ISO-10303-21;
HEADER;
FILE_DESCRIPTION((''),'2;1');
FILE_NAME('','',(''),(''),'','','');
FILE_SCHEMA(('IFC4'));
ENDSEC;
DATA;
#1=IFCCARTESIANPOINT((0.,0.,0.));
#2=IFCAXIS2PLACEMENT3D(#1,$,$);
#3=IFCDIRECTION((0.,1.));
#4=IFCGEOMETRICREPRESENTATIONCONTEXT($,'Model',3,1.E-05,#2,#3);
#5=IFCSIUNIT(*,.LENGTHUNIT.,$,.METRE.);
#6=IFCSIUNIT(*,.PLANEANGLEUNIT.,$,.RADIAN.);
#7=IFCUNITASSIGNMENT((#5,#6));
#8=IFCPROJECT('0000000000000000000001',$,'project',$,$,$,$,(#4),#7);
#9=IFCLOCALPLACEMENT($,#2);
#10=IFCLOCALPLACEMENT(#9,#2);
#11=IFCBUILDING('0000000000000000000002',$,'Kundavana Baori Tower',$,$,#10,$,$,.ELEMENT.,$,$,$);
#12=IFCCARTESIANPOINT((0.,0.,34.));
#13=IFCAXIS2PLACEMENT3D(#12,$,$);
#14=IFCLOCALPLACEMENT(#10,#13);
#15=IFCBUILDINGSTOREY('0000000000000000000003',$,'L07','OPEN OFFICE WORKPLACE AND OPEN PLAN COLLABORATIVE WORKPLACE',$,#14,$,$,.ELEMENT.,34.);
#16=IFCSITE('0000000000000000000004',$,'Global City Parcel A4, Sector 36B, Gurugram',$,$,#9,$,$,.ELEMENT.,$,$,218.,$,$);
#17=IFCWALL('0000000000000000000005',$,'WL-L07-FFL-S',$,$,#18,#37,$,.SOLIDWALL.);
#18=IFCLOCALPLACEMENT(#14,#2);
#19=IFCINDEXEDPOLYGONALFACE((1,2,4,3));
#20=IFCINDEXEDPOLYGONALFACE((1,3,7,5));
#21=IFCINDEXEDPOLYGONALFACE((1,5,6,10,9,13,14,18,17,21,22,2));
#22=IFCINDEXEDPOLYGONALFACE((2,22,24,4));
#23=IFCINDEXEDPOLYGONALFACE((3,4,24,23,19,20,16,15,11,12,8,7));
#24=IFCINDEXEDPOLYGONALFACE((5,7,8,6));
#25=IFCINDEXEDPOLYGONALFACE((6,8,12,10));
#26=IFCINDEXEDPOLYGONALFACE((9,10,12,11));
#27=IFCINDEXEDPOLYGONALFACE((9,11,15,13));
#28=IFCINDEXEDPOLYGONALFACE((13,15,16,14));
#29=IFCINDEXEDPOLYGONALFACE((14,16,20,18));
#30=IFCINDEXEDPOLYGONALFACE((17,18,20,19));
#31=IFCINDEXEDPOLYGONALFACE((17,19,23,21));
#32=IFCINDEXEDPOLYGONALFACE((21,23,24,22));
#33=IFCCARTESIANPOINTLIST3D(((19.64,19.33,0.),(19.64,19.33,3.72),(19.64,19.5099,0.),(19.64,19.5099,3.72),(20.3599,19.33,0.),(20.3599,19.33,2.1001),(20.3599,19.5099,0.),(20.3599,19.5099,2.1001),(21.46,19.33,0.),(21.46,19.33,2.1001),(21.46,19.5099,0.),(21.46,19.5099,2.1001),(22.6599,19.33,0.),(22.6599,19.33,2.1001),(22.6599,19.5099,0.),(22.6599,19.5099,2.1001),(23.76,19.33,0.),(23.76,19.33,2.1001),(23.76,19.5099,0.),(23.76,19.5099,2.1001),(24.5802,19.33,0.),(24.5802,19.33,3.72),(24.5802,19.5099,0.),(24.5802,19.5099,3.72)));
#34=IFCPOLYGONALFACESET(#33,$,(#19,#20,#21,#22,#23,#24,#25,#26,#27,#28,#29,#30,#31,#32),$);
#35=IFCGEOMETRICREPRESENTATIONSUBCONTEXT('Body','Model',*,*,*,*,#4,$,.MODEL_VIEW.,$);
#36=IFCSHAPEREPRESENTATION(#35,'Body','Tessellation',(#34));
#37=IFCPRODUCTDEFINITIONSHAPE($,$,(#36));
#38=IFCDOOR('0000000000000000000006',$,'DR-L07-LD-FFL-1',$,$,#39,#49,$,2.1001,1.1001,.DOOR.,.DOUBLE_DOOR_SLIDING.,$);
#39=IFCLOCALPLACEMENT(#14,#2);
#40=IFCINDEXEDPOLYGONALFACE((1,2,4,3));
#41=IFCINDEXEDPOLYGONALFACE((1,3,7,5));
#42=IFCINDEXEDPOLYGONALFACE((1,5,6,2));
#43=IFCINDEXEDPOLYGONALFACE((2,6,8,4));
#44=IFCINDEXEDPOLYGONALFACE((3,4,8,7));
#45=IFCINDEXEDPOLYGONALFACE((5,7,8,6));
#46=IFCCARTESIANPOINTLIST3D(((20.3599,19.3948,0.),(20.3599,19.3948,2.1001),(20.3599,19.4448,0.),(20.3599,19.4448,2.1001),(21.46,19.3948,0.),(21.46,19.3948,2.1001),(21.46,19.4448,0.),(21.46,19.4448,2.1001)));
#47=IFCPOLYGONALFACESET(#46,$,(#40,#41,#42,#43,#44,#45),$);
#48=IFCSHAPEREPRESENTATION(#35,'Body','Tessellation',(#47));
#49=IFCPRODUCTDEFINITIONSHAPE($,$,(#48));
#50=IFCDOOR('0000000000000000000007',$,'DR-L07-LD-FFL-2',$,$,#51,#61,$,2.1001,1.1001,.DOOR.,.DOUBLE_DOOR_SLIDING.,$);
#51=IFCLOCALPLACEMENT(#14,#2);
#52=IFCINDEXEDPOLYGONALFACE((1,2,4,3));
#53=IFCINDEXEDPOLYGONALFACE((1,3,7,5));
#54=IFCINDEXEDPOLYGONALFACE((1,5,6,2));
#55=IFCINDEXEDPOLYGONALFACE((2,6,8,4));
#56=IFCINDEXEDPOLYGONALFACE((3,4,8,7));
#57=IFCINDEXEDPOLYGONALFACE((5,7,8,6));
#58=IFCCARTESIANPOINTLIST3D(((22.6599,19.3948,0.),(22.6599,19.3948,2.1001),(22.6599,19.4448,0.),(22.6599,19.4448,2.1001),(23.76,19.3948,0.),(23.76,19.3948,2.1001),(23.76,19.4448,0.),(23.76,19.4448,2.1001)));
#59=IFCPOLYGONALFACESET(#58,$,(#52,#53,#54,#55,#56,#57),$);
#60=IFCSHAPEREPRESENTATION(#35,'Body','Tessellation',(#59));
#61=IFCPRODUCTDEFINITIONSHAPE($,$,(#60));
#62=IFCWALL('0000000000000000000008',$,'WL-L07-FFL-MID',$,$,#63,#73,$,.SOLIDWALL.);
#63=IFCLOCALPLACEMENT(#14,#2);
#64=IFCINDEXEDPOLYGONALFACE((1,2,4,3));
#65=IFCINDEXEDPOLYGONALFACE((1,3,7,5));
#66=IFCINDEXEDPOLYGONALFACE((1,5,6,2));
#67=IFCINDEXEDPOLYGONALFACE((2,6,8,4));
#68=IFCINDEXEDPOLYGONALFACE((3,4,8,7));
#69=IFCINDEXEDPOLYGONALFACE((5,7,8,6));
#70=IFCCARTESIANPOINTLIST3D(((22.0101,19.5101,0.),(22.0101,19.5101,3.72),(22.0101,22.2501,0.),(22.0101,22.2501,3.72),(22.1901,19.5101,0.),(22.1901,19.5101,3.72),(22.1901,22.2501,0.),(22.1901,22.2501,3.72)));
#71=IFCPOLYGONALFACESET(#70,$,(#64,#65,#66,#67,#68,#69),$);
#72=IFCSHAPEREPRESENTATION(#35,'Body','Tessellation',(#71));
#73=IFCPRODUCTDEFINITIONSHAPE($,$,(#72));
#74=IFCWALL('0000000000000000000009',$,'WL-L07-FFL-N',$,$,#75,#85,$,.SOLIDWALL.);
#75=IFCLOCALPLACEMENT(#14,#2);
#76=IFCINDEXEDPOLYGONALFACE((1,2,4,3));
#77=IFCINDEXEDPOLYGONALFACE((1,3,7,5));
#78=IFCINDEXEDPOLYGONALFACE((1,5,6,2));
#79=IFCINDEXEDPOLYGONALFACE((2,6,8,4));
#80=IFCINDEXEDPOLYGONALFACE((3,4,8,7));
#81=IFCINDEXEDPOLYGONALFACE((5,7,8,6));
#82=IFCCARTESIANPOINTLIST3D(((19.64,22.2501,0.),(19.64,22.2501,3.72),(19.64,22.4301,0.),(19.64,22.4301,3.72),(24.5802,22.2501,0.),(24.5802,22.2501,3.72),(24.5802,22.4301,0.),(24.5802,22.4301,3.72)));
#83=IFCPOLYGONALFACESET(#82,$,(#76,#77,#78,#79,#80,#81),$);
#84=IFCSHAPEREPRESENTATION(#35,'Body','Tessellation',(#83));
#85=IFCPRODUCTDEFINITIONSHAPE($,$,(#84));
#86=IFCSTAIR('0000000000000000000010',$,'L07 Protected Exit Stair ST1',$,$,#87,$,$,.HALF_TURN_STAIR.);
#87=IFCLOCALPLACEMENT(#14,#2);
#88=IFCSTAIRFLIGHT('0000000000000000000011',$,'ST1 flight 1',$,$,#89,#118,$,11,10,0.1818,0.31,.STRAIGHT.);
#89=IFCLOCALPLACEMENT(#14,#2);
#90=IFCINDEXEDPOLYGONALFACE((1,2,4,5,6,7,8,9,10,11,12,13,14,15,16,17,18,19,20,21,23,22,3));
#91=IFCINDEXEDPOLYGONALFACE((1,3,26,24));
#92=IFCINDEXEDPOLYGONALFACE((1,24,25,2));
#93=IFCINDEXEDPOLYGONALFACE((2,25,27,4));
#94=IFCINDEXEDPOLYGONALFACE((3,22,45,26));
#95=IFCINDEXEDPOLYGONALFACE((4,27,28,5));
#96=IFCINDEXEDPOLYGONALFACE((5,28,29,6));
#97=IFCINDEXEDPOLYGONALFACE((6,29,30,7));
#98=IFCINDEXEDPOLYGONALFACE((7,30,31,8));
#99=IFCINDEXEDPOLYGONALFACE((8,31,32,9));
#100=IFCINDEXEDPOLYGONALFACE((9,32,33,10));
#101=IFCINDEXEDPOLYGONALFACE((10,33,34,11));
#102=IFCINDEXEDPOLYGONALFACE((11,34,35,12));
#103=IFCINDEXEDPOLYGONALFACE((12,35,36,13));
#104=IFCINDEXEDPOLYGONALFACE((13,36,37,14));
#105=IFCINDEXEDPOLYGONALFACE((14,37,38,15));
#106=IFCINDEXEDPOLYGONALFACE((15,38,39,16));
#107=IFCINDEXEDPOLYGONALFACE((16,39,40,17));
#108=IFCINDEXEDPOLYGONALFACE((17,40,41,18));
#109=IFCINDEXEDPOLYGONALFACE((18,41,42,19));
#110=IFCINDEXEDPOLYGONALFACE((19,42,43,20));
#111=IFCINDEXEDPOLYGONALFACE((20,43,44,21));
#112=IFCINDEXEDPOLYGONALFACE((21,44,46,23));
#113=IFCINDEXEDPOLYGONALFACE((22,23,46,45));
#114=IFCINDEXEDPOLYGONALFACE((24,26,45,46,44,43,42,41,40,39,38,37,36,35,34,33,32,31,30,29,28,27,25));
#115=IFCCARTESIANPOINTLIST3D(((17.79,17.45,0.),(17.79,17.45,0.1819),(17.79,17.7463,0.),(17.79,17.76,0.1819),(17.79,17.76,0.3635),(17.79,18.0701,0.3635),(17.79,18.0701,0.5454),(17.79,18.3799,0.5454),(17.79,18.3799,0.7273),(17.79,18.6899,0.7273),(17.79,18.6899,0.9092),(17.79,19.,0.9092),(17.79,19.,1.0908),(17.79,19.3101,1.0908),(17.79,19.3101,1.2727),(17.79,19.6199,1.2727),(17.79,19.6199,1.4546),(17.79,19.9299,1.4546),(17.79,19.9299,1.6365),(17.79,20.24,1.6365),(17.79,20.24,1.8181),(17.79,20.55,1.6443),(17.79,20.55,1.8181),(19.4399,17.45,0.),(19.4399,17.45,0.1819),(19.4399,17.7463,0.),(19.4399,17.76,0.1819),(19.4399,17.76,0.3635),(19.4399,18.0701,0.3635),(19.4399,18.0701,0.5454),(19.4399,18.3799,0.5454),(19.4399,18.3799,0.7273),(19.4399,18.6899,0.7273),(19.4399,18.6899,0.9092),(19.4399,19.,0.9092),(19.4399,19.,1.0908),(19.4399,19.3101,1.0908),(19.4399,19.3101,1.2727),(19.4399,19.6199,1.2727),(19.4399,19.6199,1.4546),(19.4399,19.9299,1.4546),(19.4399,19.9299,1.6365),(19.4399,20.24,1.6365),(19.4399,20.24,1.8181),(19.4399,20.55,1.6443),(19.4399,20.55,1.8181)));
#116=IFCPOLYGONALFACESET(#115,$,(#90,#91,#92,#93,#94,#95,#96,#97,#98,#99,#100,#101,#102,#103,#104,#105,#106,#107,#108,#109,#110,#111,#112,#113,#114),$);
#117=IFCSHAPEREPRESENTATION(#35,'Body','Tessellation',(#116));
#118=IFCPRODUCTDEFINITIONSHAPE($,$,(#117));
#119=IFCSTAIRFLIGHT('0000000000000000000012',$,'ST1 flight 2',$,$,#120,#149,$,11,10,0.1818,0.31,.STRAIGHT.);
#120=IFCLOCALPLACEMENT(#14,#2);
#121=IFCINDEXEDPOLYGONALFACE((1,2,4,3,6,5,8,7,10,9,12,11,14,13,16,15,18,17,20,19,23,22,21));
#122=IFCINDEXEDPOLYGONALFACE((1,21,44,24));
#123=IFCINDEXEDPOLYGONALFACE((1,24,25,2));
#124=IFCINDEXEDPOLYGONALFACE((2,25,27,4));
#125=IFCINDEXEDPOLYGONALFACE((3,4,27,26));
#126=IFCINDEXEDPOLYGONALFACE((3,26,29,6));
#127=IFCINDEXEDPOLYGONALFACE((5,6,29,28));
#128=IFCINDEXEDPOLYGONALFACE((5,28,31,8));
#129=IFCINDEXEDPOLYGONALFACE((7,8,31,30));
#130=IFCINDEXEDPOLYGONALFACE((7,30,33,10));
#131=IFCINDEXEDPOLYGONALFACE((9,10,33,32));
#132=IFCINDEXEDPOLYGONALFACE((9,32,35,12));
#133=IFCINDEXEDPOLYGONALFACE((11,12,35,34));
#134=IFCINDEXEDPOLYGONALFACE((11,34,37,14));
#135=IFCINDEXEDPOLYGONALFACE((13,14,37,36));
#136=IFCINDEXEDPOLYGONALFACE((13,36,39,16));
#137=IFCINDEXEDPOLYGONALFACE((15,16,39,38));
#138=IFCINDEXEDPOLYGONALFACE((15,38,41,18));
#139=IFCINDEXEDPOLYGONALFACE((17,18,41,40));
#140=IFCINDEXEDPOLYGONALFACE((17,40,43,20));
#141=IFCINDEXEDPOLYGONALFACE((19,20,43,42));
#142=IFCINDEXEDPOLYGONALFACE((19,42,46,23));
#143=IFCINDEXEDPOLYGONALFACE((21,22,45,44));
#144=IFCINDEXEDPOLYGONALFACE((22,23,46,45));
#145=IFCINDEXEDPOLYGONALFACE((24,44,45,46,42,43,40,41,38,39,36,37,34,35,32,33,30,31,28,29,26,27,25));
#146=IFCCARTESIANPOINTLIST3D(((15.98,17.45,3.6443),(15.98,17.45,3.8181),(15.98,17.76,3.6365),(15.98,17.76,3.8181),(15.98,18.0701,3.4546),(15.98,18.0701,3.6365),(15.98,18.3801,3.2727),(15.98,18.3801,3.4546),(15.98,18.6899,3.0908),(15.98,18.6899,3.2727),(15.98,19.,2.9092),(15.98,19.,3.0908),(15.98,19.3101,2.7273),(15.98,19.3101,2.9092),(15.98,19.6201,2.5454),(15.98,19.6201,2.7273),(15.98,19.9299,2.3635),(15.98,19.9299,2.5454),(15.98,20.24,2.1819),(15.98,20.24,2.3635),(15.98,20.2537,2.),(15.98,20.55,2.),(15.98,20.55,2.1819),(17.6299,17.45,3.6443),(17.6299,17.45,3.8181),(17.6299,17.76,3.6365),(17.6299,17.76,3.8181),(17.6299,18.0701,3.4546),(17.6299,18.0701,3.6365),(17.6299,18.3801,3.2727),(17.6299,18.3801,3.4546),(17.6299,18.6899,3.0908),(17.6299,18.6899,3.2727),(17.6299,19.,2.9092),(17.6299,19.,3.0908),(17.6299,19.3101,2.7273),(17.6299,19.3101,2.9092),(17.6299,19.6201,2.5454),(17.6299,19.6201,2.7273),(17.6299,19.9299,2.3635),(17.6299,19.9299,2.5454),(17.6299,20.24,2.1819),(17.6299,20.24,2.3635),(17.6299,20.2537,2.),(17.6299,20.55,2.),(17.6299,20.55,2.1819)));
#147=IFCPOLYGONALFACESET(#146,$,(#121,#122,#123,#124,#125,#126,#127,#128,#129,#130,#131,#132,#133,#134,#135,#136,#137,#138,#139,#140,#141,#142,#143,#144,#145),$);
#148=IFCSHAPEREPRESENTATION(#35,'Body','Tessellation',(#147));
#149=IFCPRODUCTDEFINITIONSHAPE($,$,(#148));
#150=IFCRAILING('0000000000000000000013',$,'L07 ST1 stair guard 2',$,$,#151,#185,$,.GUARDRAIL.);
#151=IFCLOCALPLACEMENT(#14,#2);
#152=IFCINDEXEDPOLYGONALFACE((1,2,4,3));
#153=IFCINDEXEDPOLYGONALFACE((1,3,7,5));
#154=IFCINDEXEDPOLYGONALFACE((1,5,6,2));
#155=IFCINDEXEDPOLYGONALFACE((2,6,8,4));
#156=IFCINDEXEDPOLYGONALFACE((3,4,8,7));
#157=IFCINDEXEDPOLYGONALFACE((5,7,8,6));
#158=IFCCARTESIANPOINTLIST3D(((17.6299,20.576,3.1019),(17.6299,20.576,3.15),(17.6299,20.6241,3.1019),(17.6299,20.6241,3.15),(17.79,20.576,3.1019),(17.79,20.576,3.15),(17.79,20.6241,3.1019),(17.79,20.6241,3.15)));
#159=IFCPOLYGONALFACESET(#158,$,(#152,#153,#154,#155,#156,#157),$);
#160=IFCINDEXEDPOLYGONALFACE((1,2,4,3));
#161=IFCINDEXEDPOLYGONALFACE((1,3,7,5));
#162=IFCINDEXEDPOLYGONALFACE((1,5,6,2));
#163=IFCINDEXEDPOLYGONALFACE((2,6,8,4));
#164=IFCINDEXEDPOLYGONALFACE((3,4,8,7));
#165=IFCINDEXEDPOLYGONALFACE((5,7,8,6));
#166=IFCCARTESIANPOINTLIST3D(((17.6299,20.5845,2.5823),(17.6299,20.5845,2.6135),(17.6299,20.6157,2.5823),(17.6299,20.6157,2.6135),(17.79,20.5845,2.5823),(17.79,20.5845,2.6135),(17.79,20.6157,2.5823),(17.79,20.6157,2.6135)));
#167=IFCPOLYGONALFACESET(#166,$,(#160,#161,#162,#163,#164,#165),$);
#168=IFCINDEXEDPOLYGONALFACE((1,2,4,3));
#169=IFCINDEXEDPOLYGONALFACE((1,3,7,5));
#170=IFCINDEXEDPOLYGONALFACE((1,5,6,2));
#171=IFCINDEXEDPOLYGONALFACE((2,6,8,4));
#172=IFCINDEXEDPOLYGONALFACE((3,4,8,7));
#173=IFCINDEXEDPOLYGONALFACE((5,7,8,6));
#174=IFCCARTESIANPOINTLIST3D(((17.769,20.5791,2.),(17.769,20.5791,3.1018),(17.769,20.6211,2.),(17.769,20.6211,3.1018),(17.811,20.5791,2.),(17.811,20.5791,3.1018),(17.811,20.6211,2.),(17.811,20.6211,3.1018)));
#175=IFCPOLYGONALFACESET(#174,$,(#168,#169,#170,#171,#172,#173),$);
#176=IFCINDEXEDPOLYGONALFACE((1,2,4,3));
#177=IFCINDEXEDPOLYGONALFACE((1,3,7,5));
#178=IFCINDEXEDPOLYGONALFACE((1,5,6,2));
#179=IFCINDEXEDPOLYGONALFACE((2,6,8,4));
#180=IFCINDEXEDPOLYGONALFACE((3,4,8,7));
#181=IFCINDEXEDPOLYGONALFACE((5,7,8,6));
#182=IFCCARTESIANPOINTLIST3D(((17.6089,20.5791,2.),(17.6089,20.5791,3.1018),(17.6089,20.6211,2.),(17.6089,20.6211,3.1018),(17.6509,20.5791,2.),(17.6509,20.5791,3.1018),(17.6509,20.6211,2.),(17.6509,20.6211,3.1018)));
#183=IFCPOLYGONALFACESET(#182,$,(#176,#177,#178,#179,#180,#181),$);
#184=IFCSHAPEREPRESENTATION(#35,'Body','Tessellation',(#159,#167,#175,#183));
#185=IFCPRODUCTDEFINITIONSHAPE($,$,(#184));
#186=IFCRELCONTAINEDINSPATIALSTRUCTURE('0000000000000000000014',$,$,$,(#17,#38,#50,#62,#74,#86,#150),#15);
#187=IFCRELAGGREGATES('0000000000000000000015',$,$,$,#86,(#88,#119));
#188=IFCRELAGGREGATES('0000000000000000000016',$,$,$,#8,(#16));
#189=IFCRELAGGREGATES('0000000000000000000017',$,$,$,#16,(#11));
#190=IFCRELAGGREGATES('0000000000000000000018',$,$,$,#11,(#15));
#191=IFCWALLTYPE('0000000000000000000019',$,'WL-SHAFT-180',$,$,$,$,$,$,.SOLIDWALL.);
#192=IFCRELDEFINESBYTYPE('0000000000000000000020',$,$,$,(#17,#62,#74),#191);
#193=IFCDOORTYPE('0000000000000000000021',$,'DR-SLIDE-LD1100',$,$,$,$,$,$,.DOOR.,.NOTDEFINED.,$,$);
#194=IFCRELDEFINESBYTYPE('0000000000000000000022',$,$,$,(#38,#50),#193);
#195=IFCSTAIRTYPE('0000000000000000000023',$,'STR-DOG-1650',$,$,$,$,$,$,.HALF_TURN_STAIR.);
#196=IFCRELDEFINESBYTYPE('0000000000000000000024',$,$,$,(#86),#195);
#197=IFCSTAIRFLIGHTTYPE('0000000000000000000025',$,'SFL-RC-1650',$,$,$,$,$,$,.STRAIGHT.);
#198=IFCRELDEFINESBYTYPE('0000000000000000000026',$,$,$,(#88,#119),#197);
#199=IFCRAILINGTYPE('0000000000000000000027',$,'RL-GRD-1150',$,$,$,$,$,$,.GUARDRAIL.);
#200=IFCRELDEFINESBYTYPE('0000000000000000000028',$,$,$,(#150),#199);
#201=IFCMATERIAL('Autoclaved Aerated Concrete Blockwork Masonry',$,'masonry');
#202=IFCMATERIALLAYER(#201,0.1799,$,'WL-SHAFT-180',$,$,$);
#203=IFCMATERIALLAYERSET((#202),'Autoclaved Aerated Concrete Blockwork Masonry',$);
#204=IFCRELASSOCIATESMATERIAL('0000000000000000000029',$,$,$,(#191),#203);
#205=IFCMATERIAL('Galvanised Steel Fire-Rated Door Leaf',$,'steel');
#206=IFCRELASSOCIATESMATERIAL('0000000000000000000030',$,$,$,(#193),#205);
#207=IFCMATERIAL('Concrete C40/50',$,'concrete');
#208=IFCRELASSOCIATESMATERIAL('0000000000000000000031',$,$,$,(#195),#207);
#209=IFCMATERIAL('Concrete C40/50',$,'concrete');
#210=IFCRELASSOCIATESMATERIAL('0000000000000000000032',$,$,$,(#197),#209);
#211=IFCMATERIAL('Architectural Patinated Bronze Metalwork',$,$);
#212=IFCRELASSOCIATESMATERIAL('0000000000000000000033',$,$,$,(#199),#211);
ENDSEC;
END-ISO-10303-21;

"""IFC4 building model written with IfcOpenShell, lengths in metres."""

from ifc_helpers import new_model, si_unit, direction, frame, frame_2d, origin, origin_2d, place, context, subcontext, project, spatial, polyline, rectangle, outline, extrude, material, layer, layer_set, type_object, element, fill, aggregate, save


model = new_model("IFC4")

# Units and contexts
model_context = context("Model", 3, precision=1e-05, world=origin(), true_north=direction((0.0, 1.0)))
body_context = subcontext(model_context, "Body", "Model", "MODEL_VIEW")
ifc_project = project(units=[si_unit("LENGTHUNIT", "METRE"), si_unit("PLANEANGLEUNIT", "RADIAN")], contexts=[model_context])

# Site, building, storey
site_placement = place(None, origin())
site = spatial("IfcSite", under=ifc_project, at=site_placement, Name="Global City Parcel A4, Sector 36B, Gurugram", CompositionType="ELEMENT", RefElevation=218.0)
building_placement = place(site_placement, origin())
building = spatial("IfcBuilding", under=site, at=building_placement, Name="Kundavana Baori Tower", CompositionType="ELEMENT")
storey_placement = place(building_placement, frame((0.0, 0.0, 34.0)))
storey = spatial("IfcBuildingStorey", under=building, at=storey_placement, Name="L07", Description="OPEN OFFICE WORKPLACE AND OPEN PLAN COLLABORATIVE WORKPLACE", CompositionType="ELEMENT", Elevation=34.0)

# Wall, openings, doors
ifc_material_1 = material(Name="Autoclaved Aerated Concrete Blockwork Masonry", Category="masonry")
ifc_layer_1 = layer(ifc_material_1, 0.1799, Name="WL-SHAFT-180")
ifc_layer_set_1 = layer_set([ifc_layer_1], Name="Autoclaved Aerated Concrete Blockwork Masonry")
wall_type_1 = type_object("IfcWallType", Name="WL-SHAFT-180", PredefinedType="SOLIDWALL", material=ifc_layer_set_1)
wall_1_placement = place(storey_placement, frame((19.6399, 19.4199, 0.0), z_axis=(0.0, 0.0, 1.0), x_axis=(1.0, 0.0, 0.0)))
wall_1 = element("IfcWall", 1, at=wall_1_placement, inside=storey, type_object=wall_type_1, Name="WL-L07-FFL-S", PredefinedType="SOLIDWALL", context=body_context, shape_type="SweptSolid", body=[
    extrude(rectangle(XDim=4.9402, YDim=0.1799, at=frame_2d((2.4702, 0.0))), origin(), (0.0, 0.0, 1.0), 3.72),
])
opening_1_placement = place(wall_1_placement, frame((0.72, 0.0, 0.0)))
opening_1 = element("IfcOpeningElement", 2, at=opening_1_placement, cuts=wall_1, PredefinedType="OPENING", context=body_context, shape_type="SweptSolid", body=[
    extrude(rectangle(XDim=1.1001, YDim=2.1001, at=frame_2d((0.55, 1.05))), frame((0.0, 0.1001, 0.0), z_axis=(0.0, -1.0, 0.0), x_axis=(1.0, 0.0, 0.0)), (0.0, 0.0, 1.0), 0.2),
])
opening_2_placement = place(wall_1_placement, frame((3.02, 0.0, 0.0)))
opening_2 = element("IfcOpeningElement", 3, at=opening_2_placement, cuts=wall_1, PredefinedType="OPENING", context=body_context, shape_type="SweptSolid", body=[
    extrude(rectangle(XDim=1.1001, YDim=2.1001, at=frame_2d((0.55, 1.05))), frame((0.0, 0.1001, 0.0), z_axis=(0.0, -1.0, 0.0), x_axis=(1.0, 0.0, 0.0)), (0.0, 0.0, 1.0), 0.2),
])
ifc_material_2 = material(Name="Galvanised Steel Fire-Rated Door Leaf", Category="steel")
door_type_1 = type_object("IfcDoorType", Name="DR-SLIDE-LD1100", OperationType="NOTDEFINED", PredefinedType="DOOR", material=ifc_material_2)
door_1_placement = place(opening_1_placement, origin())
door_1 = element("IfcDoor", 4, at=door_1_placement, inside=storey, type_object=door_type_1, Name="DR-L07-LD-FFL-1", OperationType="DOUBLE_DOOR_SLIDING", OverallHeight=2.1001, OverallWidth=1.1001, PredefinedType="DOOR", context=body_context, shape_type="SweptSolid", body=[
    extrude(rectangle(XDim=1.1001, YDim=2.1001, at=frame_2d((0.55, 1.05))), frame((0.0, 0.0249, 0.0), z_axis=(0.0, -1.0, 0.0), x_axis=(1.0, 0.0, 0.0)), (0.0, 0.0, 1.0), 0.05),
])
fill(opening_1, door_1)
door_2_placement = place(opening_2_placement, origin())
door_2 = element("IfcDoor", 5, at=door_2_placement, inside=storey, type_object=door_type_1, Name="DR-L07-LD-FFL-2", OperationType="DOUBLE_DOOR_SLIDING", OverallHeight=2.1001, OverallWidth=1.1001, PredefinedType="DOOR", context=body_context, shape_type="SweptSolid", body=[
    extrude(rectangle(XDim=1.1001, YDim=2.1001, at=frame_2d((0.55, 1.05))), frame((0.0, 0.0249, 0.0), z_axis=(0.0, -1.0, 0.0), x_axis=(1.0, 0.0, 0.0)), (0.0, 0.0, 1.0), 0.05),
])
fill(opening_2, door_2)

# Walls
wall_2_placement = place(storey_placement, frame((22.1001, 19.51, 0.0), z_axis=(0.0, 0.0, 1.0), x_axis=(0.0, 1.0, 0.0)))
element("IfcWall", 6, at=wall_2_placement, inside=storey, type_object=wall_type_1, Name="WL-L07-FFL-MID", PredefinedType="SOLIDWALL", context=body_context, shape_type="SweptSolid", body=[
    extrude(rectangle(XDim=2.74, YDim=0.1799, at=frame_2d((1.3701, 0.0))), origin(), (0.0, 0.0, 1.0), 3.72),
])
wall_3_placement = place(storey_placement, frame((19.6399, 22.3401, 0.0), z_axis=(0.0, 0.0, 1.0), x_axis=(1.0, 0.0, 0.0)))
element("IfcWall", 7, at=wall_3_placement, inside=storey, type_object=wall_type_1, Name="WL-L07-FFL-N", PredefinedType="SOLIDWALL", context=body_context, shape_type="SweptSolid", body=[
    extrude(rectangle(XDim=4.9402, YDim=0.1799, at=frame_2d((2.4702, 0.0))), origin(), (0.0, 0.0, 1.0), 3.72),
])

# Stair, stair flights
ifc_material_3 = material(Name="Concrete C40/50", Category="concrete")
stair_type = type_object("IfcStairType", Name="STR-DOG-1650", PredefinedType="HALF_TURN_STAIR", material=ifc_material_3)
stair_placement = place(storey_placement, origin())
stair = element("IfcStair", 8, at=stair_placement, inside=storey, type_object=stair_type, Name="L07 Protected Exit Stair ST1", PredefinedType="HALF_TURN_STAIR")
ifc_material_4 = material(Name="Concrete C40/50", Category="concrete")
stair_flight_type = type_object("IfcStairFlightType", Name="SFL-RC-1650", PredefinedType="STRAIGHT", material=ifc_material_4)
stair_flight_1_placement = place(storey_placement, frame((18.615, 17.45, 0.0), z_axis=(0.0, 0.0, 1.0), x_axis=(0.0, 1.0, 0.0)))
stair_flight_1 = element("IfcStairFlight", 9, at=stair_flight_1_placement, type_object=stair_flight_type, Name="ST1 flight 1", NumberOfRisers=11, NumberOfTreads=10, PredefinedType="STRAIGHT", RiserHeight=0.1818, TreadLength=0.31, context=body_context, shape_type="SweptSolid", body=[
    extrude(outline(polyline([(0.0, 0.0), (0.0, 0.1819), (0.3101, 0.1819), (0.3101, 0.3635), (0.6201, 0.3635), (0.6201, 0.5454), (0.9299, 0.5454), (0.9299, 0.7273), (1.24, 0.7273), (1.24, 0.9092), (1.55, 0.9092), (1.55, 1.0908), (1.8601, 1.0908), (1.8601, 1.2727), (2.1699, 1.2727), (2.1699, 1.4546), (2.48, 1.4546), (2.48, 1.6365), (2.79, 1.6365), (2.79, 1.8181), (3.1001, 1.8181), (3.1001, 2.0), (3.1001, 1.6443), (0.2964, 0.0), (0.0, 0.0)])), frame((0.0, 0.825, 0.0), z_axis=(0.0, -1.0, 0.0), x_axis=(1.0, 0.0, 0.0)), (0.0, 0.0, 1.0), 1.6499),
])
stair_flight_2_placement = place(storey_placement, frame((16.8049, 20.55, 2.0), z_axis=(0.0, 0.0, 1.0), x_axis=(0.0, -1.0, 0.0)))
stair_flight_2 = element("IfcStairFlight", 10, at=stair_flight_2_placement, type_object=stair_flight_type, Name="ST1 flight 2", NumberOfRisers=11, NumberOfTreads=10, PredefinedType="STRAIGHT", RiserHeight=0.1818, TreadLength=0.31, context=body_context, shape_type="SweptSolid", body=[
    extrude(outline(polyline([(0.0, 0.0), (0.0, 0.1819), (0.3101, 0.1819), (0.3101, 0.3635), (0.6201, 0.3635), (0.6201, 0.5454), (0.9299, 0.5454), (0.9299, 0.7273), (1.24, 0.7273), (1.24, 0.9092), (1.55, 0.9092), (1.55, 1.0908), (1.8601, 1.0908), (1.8601, 1.2727), (2.1699, 1.2727), (2.1699, 1.4546), (2.48, 1.4546), (2.48, 1.6365), (2.79, 1.6365), (2.79, 1.8181), (3.1001, 1.8181), (3.1001, 2.0), (3.1001, 1.6443), (0.2964, 0.0), (0.0, 0.0)])), frame((0.0, 0.825, 0.0), z_axis=(0.0, -1.0, 0.0), x_axis=(1.0, 0.0, 0.0)), (0.0, 0.0, 1.0), 1.6499),
])
aggregate(stair, [stair_flight_1, stair_flight_2])

# Railing
ifc_material_5 = material(Name="Architectural Patinated Bronze Metalwork")
railing_type_1 = type_object("IfcRailingType", Name="RL-GRD-1150", PredefinedType="GUARDRAIL", material=ifc_material_5)
railing_1_placement = place(storey_placement, frame((17.79, 20.6001, 2.0)))
element("IfcRailing", 11, at=railing_1_placement, inside=storey, type_object=railing_type_1, Name="L07 ST1 stair guard 2", PredefinedType="GUARDRAIL", context=body_context, shape_type="SweptSolid", body=[
    extrude(rectangle(XDim=0.0481, YDim=0.0481, at=origin_2d()), frame((0.0, 0.0, 1.126), z_axis=(-1.0, 0.0, 0.0), x_axis=(0.0, -1.0, 0.0)), (0.0, 0.0, 1.0), 0.1602),
    extrude(rectangle(XDim=0.0312, YDim=0.0312, at=origin_2d()), frame((0.0, 0.0, 0.5979), z_axis=(-1.0, 0.0, 0.0), x_axis=(0.0, -1.0, 0.0)), (0.0, 0.0, 1.0), 0.1602),
    extrude(rectangle(XDim=0.042, YDim=0.042, at=origin_2d()), origin(), (0.0, 0.0, 1.0), 1.1018),
    extrude(rectangle(XDim=0.042, YDim=0.042, at=origin_2d()), frame((-0.1602, 0.0, 0.0)), (0.0, 0.0, 1.0), 1.1018),
])

save(model, "model.ifc")
